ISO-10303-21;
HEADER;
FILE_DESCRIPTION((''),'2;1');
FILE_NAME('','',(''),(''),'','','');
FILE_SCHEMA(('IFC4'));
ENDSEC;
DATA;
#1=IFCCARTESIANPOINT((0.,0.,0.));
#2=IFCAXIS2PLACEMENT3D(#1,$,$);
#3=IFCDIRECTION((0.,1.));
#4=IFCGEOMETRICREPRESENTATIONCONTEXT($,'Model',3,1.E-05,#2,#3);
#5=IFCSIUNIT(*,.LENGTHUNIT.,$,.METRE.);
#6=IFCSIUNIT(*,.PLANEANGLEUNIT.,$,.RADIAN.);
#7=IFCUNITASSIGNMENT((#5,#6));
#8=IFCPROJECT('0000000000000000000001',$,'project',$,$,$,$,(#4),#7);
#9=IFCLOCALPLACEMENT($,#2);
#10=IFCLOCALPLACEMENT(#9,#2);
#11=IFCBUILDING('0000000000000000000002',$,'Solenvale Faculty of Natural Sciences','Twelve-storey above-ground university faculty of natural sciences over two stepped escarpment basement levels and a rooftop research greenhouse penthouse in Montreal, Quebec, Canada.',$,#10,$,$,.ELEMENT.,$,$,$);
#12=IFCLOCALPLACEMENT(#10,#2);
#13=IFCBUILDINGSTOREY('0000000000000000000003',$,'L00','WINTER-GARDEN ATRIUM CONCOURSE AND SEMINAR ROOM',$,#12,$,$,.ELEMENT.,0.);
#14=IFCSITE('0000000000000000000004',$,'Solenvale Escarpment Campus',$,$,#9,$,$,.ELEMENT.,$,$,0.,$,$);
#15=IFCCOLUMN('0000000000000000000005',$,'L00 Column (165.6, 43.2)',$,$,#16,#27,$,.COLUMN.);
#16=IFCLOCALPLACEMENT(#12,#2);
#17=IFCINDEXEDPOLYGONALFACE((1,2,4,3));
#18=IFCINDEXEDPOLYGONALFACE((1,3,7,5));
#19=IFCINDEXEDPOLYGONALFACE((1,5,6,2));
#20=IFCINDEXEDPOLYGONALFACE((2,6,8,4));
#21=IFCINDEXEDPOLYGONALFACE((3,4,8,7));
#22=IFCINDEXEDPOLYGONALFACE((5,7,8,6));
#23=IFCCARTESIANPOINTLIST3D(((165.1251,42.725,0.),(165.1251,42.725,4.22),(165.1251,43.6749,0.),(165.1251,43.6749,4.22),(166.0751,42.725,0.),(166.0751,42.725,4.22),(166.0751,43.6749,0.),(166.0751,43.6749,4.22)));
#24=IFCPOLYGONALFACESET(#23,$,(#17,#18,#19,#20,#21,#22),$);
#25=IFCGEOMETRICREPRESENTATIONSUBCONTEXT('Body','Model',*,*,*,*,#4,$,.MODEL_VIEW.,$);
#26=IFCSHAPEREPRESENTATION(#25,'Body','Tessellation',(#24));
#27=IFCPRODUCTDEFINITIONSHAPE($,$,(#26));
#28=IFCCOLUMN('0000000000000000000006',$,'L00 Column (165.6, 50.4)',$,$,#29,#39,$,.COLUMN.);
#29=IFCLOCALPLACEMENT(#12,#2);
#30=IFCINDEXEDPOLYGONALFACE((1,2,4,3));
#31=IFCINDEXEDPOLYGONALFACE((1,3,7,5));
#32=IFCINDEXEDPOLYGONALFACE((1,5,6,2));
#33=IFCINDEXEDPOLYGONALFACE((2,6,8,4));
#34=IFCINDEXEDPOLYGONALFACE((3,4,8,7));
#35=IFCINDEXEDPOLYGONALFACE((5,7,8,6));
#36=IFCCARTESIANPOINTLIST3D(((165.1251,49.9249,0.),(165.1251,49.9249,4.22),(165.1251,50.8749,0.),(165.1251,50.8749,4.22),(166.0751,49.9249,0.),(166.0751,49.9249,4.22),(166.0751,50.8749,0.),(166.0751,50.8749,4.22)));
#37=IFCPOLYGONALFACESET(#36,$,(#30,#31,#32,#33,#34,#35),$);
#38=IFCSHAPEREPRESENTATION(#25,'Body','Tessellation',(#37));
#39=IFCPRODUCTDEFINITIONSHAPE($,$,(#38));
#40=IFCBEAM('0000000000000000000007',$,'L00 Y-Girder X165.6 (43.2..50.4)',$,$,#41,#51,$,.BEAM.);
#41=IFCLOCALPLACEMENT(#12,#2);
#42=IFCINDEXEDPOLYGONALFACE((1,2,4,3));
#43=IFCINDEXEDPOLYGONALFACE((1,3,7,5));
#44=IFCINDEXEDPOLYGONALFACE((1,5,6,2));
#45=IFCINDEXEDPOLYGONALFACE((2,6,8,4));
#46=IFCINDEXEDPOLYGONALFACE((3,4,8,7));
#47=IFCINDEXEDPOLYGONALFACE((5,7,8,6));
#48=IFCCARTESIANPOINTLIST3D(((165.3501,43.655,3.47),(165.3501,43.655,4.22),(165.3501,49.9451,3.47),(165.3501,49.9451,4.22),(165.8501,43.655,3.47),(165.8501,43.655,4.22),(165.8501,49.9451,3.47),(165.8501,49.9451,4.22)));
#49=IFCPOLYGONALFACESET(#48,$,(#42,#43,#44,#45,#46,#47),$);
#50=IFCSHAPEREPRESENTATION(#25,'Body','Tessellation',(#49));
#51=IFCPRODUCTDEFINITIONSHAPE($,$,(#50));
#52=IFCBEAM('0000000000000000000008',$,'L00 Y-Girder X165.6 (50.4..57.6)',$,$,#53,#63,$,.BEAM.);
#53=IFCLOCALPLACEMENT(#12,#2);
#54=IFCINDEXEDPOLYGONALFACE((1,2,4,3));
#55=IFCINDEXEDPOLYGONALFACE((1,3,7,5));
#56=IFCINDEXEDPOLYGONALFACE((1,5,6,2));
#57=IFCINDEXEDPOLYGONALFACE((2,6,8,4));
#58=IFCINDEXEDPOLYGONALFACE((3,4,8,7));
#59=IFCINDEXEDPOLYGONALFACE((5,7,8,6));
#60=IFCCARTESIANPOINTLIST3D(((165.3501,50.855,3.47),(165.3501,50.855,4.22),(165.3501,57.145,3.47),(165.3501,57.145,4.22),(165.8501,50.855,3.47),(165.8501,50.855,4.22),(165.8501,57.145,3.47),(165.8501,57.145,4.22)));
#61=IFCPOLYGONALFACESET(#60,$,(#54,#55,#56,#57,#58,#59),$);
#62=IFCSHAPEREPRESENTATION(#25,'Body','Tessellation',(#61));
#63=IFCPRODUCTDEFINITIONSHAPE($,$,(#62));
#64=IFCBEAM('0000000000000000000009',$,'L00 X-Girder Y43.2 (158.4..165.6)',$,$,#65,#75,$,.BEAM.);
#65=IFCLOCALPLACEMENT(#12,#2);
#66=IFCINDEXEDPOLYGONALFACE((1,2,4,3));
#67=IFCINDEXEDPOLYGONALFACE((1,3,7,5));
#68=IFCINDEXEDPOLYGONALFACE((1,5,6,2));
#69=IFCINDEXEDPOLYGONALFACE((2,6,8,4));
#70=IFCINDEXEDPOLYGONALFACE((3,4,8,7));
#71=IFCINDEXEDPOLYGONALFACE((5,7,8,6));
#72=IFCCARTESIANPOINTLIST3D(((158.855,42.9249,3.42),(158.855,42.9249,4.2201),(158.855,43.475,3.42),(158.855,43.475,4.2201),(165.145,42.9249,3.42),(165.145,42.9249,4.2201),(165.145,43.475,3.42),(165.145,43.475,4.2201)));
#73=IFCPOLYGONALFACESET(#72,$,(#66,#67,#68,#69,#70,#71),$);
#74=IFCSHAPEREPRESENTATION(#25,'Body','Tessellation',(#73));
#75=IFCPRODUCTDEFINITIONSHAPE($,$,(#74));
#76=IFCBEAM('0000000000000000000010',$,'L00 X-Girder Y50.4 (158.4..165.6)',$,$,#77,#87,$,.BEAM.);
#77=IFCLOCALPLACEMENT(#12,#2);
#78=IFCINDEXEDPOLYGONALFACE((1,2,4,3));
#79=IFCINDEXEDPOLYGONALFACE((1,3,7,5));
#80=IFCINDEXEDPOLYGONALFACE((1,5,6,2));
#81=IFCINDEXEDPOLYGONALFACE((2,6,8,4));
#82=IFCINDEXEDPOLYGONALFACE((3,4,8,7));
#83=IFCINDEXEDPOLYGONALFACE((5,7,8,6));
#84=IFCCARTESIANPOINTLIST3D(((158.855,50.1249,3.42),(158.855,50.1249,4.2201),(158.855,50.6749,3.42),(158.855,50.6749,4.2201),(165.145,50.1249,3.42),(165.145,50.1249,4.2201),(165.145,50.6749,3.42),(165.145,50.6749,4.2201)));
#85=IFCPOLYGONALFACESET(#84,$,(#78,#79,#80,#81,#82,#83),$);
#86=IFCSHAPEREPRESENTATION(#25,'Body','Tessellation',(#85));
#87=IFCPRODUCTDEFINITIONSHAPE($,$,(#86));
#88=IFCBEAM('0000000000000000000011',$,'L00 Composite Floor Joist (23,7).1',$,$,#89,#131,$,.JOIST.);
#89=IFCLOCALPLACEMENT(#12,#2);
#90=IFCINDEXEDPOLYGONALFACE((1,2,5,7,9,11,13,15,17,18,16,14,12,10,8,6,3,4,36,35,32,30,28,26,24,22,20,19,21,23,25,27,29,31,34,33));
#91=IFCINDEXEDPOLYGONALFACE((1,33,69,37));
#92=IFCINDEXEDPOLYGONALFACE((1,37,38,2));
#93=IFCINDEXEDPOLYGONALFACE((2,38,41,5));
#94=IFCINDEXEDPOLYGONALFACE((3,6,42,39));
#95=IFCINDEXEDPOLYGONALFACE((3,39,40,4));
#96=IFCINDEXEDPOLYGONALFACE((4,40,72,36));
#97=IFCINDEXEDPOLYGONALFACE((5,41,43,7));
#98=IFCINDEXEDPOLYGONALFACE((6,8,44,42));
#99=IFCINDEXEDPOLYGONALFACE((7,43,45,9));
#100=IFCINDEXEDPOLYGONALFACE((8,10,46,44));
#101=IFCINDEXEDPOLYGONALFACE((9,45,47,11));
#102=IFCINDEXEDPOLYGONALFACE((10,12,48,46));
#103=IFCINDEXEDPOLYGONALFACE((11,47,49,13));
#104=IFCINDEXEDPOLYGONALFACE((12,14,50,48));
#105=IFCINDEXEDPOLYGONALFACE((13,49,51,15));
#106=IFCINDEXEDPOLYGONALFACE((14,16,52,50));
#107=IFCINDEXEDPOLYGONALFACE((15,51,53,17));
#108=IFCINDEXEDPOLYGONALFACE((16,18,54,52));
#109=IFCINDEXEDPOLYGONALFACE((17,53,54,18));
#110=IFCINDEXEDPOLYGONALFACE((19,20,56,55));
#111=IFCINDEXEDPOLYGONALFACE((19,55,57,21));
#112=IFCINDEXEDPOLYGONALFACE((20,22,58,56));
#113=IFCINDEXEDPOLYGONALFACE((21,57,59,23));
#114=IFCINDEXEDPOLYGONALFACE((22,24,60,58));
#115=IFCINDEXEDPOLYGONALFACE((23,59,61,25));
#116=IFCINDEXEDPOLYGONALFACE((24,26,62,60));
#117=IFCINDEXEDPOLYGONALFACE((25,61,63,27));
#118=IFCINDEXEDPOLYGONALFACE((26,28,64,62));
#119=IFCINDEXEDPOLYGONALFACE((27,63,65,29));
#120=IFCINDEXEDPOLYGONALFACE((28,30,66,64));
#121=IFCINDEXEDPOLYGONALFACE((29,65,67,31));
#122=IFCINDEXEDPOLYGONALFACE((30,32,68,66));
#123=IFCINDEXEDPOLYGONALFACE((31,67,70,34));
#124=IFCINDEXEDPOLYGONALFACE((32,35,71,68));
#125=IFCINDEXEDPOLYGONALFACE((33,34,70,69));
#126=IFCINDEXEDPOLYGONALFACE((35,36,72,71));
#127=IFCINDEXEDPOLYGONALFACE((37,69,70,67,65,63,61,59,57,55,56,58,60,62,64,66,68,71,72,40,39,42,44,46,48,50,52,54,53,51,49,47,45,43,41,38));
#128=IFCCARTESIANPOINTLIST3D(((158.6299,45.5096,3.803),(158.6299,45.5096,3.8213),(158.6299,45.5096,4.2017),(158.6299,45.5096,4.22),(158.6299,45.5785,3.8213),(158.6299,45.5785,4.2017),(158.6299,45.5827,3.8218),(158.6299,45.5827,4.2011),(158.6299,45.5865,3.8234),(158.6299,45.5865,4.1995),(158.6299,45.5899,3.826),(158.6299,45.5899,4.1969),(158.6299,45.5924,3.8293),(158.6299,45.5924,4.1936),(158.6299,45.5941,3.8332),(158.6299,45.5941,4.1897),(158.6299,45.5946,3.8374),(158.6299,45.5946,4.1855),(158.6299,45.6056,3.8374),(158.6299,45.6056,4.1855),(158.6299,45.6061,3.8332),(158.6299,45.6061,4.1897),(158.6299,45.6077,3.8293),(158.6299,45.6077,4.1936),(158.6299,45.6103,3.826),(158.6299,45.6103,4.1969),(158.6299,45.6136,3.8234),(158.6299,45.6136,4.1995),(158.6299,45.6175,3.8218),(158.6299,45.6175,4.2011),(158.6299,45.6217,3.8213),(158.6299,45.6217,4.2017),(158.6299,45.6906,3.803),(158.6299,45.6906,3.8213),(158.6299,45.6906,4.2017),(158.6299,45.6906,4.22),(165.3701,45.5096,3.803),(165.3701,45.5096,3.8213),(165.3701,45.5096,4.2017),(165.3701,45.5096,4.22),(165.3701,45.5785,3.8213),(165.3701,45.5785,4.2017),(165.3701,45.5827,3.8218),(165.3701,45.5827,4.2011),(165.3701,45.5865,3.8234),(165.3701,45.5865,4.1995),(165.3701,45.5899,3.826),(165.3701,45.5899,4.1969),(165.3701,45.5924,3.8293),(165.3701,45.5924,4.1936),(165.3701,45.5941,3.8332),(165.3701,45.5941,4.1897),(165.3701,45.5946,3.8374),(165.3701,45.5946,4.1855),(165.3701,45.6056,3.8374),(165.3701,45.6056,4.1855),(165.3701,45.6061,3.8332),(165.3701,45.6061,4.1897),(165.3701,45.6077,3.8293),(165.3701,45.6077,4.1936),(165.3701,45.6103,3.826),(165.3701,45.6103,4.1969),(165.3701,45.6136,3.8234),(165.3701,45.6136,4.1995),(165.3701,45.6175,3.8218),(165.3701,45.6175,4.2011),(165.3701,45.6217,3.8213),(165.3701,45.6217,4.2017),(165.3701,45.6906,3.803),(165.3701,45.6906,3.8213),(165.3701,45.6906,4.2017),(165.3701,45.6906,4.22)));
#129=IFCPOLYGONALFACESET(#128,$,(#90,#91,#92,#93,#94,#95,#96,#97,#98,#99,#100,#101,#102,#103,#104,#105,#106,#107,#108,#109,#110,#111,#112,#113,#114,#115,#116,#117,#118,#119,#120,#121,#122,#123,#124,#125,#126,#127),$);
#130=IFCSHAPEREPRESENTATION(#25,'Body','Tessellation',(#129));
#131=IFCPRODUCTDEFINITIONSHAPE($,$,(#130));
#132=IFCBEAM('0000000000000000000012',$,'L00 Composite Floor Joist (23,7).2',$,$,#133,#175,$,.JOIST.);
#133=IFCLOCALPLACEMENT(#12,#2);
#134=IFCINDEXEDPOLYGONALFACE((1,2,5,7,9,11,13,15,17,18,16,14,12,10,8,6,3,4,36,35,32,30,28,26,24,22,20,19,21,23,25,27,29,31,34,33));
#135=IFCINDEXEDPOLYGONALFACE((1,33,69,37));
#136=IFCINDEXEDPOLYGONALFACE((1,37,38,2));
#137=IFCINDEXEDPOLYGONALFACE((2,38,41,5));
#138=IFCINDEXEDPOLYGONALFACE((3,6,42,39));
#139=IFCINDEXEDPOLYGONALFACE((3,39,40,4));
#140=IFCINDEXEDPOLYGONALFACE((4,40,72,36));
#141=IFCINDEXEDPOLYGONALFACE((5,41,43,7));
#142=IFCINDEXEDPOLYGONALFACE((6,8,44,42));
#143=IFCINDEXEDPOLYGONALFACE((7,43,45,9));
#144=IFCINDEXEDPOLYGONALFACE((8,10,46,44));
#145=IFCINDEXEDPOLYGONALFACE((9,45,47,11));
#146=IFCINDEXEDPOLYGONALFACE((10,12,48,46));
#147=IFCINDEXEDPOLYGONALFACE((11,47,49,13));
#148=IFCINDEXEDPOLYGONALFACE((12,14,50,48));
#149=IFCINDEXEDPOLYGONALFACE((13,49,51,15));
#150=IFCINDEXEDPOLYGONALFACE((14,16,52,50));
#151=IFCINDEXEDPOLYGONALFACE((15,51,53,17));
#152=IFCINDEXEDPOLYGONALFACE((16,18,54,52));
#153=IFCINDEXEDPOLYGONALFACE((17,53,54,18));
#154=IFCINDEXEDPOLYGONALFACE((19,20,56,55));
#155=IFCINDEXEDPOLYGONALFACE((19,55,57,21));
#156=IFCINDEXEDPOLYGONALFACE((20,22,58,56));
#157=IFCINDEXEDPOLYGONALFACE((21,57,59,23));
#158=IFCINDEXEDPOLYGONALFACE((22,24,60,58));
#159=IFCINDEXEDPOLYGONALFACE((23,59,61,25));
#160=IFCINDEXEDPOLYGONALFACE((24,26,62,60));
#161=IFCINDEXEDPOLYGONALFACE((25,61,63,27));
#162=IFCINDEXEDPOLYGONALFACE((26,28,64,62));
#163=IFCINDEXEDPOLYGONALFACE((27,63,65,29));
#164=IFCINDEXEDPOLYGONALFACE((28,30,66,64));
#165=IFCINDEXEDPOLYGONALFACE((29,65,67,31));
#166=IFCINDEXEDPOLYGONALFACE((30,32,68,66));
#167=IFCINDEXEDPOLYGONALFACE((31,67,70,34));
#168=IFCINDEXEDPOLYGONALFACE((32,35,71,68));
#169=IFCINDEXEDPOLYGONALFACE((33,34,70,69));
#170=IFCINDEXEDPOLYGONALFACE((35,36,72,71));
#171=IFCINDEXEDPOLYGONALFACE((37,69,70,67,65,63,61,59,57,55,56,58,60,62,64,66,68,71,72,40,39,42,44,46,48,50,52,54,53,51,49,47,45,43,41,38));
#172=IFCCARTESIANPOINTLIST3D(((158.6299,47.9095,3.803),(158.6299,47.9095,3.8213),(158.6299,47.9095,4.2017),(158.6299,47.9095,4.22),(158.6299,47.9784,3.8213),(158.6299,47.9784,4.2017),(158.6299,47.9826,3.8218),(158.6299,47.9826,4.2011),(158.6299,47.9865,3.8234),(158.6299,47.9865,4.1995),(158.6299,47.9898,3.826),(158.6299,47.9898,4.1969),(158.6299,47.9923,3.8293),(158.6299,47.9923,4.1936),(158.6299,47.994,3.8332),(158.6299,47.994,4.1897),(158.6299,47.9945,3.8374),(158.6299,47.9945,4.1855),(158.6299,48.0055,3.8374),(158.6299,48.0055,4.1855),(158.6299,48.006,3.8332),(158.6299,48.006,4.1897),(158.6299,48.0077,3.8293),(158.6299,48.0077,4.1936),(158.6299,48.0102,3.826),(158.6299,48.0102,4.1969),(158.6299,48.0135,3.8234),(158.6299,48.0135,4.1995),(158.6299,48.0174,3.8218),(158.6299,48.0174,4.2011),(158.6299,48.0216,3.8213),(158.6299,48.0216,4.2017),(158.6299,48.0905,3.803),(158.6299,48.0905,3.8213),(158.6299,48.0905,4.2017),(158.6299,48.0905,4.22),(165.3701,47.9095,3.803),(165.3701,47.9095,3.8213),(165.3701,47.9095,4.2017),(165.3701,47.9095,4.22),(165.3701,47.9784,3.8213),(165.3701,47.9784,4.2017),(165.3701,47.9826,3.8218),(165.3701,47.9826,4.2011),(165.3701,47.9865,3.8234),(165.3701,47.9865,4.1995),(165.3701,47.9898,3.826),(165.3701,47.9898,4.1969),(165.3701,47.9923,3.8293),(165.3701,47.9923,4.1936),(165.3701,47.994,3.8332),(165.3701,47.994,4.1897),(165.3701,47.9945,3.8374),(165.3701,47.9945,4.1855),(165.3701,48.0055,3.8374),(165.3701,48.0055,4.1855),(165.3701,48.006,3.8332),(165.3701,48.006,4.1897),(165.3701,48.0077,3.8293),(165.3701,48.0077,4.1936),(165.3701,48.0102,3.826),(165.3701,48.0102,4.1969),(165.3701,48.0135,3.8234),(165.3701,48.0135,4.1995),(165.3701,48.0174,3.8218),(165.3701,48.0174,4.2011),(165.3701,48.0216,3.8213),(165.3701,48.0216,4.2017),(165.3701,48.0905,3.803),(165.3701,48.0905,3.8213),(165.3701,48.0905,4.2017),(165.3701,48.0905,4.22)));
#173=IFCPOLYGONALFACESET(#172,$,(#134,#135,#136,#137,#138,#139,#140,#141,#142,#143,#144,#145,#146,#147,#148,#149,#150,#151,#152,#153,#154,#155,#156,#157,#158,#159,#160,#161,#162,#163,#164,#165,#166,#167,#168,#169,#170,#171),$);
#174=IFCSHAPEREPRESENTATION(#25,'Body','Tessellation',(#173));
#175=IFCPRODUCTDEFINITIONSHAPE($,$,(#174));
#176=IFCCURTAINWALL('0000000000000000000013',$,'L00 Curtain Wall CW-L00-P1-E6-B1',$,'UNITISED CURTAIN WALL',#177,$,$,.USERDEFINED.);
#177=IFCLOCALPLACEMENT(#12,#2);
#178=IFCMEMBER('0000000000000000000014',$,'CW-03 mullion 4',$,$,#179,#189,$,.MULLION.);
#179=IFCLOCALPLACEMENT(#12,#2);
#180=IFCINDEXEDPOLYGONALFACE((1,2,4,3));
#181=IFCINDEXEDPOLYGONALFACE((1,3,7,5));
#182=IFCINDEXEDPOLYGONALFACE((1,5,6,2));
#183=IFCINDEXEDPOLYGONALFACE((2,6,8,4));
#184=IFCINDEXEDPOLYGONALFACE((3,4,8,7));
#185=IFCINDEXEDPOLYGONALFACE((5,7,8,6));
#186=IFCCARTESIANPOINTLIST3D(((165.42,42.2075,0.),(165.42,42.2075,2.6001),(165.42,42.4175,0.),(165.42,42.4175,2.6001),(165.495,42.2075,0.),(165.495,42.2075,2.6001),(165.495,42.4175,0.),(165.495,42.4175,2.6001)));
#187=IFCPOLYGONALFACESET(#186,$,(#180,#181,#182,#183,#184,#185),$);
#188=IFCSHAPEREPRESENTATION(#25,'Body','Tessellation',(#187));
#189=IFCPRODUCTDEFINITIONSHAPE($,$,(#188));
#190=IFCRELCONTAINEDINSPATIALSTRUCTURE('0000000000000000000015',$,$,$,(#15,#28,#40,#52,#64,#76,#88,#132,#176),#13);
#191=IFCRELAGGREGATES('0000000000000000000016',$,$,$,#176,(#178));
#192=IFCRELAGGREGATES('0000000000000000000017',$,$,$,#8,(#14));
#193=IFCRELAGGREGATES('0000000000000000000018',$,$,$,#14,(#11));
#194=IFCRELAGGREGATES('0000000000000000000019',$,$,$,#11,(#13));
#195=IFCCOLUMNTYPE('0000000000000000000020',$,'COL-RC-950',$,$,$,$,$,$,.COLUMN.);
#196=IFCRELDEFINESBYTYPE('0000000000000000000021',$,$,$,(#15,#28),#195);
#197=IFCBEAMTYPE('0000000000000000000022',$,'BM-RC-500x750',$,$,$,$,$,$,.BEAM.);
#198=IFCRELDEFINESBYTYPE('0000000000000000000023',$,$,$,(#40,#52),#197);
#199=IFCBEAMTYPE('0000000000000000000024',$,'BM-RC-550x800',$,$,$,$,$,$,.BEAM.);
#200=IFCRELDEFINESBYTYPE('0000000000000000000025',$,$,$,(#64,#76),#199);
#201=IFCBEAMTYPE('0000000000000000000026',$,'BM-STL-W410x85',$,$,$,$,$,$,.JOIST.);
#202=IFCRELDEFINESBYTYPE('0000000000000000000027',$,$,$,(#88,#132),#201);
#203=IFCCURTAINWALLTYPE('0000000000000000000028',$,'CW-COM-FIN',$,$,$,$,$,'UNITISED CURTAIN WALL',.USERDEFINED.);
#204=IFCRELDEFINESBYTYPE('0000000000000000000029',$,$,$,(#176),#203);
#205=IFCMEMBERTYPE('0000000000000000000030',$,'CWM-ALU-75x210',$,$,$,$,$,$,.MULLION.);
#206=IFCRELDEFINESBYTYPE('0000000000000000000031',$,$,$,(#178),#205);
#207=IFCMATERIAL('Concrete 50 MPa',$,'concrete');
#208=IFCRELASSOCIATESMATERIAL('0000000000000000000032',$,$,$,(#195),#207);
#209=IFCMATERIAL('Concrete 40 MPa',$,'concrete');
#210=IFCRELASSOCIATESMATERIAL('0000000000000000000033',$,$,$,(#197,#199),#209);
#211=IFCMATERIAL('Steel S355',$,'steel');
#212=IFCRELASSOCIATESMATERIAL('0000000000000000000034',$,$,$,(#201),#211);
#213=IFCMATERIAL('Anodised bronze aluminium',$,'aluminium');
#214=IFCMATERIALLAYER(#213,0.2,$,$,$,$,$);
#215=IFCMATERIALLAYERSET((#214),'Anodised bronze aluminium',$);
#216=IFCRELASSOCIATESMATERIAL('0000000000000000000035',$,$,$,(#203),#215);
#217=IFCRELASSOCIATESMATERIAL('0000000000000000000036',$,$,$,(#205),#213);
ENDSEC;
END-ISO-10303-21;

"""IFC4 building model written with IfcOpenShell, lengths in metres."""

from ifc_helpers import new_model, si_unit, direction, frame, origin, origin_2d, place, context, subcontext, project, spatial, rectangle, i_section, extrude, material, layer, layer_set, material_profile, profile_set, type_object, element, aggregate, save


model = new_model("IFC4")

# Units and contexts
model_context = context("Model", 3, precision=1e-05, world=origin(), true_north=direction((0.0, 1.0)))
body_context = subcontext(model_context, "Body", "Model", "MODEL_VIEW")
ifc_project = project(units=[si_unit("LENGTHUNIT", "METRE"), si_unit("PLANEANGLEUNIT", "RADIAN")], contexts=[model_context])

# Site, building, storey
site_placement = place(None, origin())
site = spatial("IfcSite", under=ifc_project, at=site_placement, Name="Solenvale Escarpment Campus", CompositionType="ELEMENT", RefElevation=0.0)
building_placement = place(site_placement, origin())
building = spatial("IfcBuilding", under=site, at=building_placement, Name="Solenvale Faculty of Natural Sciences", Description="Twelve-storey above-ground university faculty of natural sciences over two stepped escarpment basement levels and a rooftop research greenhouse penthouse in Montreal, Quebec, Canada.", CompositionType="ELEMENT")
storey_placement = place(building_placement, origin())
storey = spatial("IfcBuildingStorey", under=building, at=storey_placement, Name="L00", Description="WINTER-GARDEN ATRIUM CONCOURSE AND SEMINAR ROOM", CompositionType="ELEMENT", Elevation=0.0)

# Columns
ifc_material_1 = material(Name="Concrete 50 MPa", Category="concrete")
ifc_material_profile_1 = material_profile(ifc_material_1, rectangle(XDim=0.95, YDim=0.95, at=origin_2d()), Name="RC-COL-950x950")
ifc_profile_set_1 = profile_set([ifc_material_profile_1], Name="Concrete 50 MPa")
column_type = type_object("IfcColumnType", Name="COL-RC-950", PredefinedType="COLUMN", material=ifc_profile_set_1)
for number, where, z_axis, x_axis, name in (
    (1, (165.6001, 43.2, 0.0), (0.0, 0.0, 1.0), (1.0, 0.0, 0.0), "L00 Column (165.6, 43.2)"),
    (2, (165.6001, 50.3999, 0.0), (0.0, 0.0, 1.0), (1.0, 0.0, 0.0), "L00 Column (165.6, 50.4)"),
):
    element("IfcColumn", number, at=place(storey_placement, frame(where, z_axis=z_axis, x_axis=x_axis)), inside=storey, type_object=column_type, Name=name, PredefinedType="COLUMN", context=body_context, shape_type="SweptSolid", body=[
        extrude(rectangle(XDim=0.95, YDim=0.95, at=origin_2d()), origin(), (0.0, 0.0, 1.0), 4.22),
    ])

# Beams
ifc_material_2 = material(Name="Concrete 40 MPa", Category="concrete")
ifc_material_profile_2 = material_profile(ifc_material_2, rectangle(XDim=0.5, YDim=0.75, at=origin_2d()), Name="RC-BM-500x750")
ifc_profile_set_2 = profile_set([ifc_material_profile_2], Name="Concrete 40 MPa")
beam_type_1 = type_object("IfcBeamType", Name="BM-RC-500x750", PredefinedType="BEAM", material=ifc_profile_set_2)
for number, where, z_axis, x_axis, name in (
    (3, (165.6001, 43.655, 3.845), (0.0, 1.0, 0.0), (-1.0, 0.0, 0.0), "L00 Y-Girder X165.6 (43.2..50.4)"),
    (4, (165.6001, 50.855, 3.845), (0.0, 1.0, 0.0), (-1.0, 0.0, 0.0), "L00 Y-Girder X165.6 (50.4..57.6)"),
):
    element("IfcBeam", number, at=place(storey_placement, frame(where, z_axis=z_axis, x_axis=x_axis)), inside=storey, type_object=beam_type_1, Name=name, PredefinedType="BEAM", context=body_context, shape_type="SweptSolid", body=[
        extrude(rectangle(XDim=0.5, YDim=0.75, at=origin_2d()), origin(), (0.0, 0.0, 1.0), 6.29),
    ])
ifc_material_profile_3 = material_profile(ifc_material_2, rectangle(XDim=0.55, YDim=0.8, at=origin_2d()), Name="RC-BM-550x800")
ifc_profile_set_3 = profile_set([ifc_material_profile_3], Name="Concrete 40 MPa")
beam_type_2 = type_object("IfcBeamType", Name="BM-RC-550x800", PredefinedType="BEAM", material=ifc_profile_set_3)
for number, where, z_axis, x_axis, name in (
    (5, (158.855, 43.2, 3.8201), (1.0, 0.0, 0.0), (0.0, 1.0, 0.0), "L00 X-Girder Y43.2 (158.4..165.6)"),
    (6, (158.855, 50.3999, 3.8201), (1.0, 0.0, 0.0), (0.0, 1.0, 0.0), "L00 X-Girder Y50.4 (158.4..165.6)"),
):
    element("IfcBeam", number, at=place(storey_placement, frame(where, z_axis=z_axis, x_axis=x_axis)), inside=storey, type_object=beam_type_2, Name=name, PredefinedType="BEAM", context=body_context, shape_type="SweptSolid", body=[
        extrude(rectangle(XDim=0.55, YDim=0.8, at=origin_2d()), origin(), (0.0, 0.0, 1.0), 6.29),
    ])
ifc_material_3 = material(Name="Steel S355", Category="steel")
ifc_material_profile_4 = material_profile(ifc_material_3, i_section(OverallWidth=0.1809, OverallDepth=0.417, WebThickness=0.011, FlangeThickness=0.0183, FilletRadius=0.0161, at=origin_2d()), Name="W410x85")
ifc_profile_set_4 = profile_set([ifc_material_profile_4], Name="Steel S355")
beam_type_3 = type_object("IfcBeamType", Name="BM-STL-W410x85", PredefinedType="JOIST", material=ifc_profile_set_4)
for number, where, z_axis, x_axis, name in (
    (7, (158.6299, 45.6001, 4.0115), (1.0, 0.0, 0.0), (0.0, 1.0, 0.0), "L00 Composite Floor Joist (23,7).1"),
    (8, (158.6299, 48.0, 4.0115), (1.0, 0.0, 0.0), (0.0, 1.0, 0.0), "L00 Composite Floor Joist (23,7).2"),
):
    element("IfcBeam", number, at=place(storey_placement, frame(where, z_axis=z_axis, x_axis=x_axis)), inside=storey, type_object=beam_type_3, Name=name, PredefinedType="JOIST", context=body_context, shape_type="SweptSolid", body=[
        extrude(i_section(OverallWidth=0.1809, OverallDepth=0.417, WebThickness=0.011, FlangeThickness=0.0183, FilletRadius=0.0161, at=origin_2d()), origin(), (0.0, 0.0, 1.0), 6.7402),
    ])

# Curtain wall, member
ifc_material_4 = material(Name="Anodised bronze aluminium", Category="aluminium")
ifc_layer_1 = layer(ifc_material_4, 0.2)
ifc_layer_set_1 = layer_set([ifc_layer_1], Name="Anodised bronze aluminium")
curtain_wall_type = type_object("IfcCurtainWallType", Name="CW-COM-FIN", ElementType="UNITISED CURTAIN WALL", PredefinedType="USERDEFINED", material=ifc_layer_set_1)
curtain_wall_1_placement = place(storey_placement, origin())
curtain_wall_1 = element("IfcCurtainWall", 9, at=curtain_wall_1_placement, inside=storey, type_object=curtain_wall_type, Name="L00 Curtain Wall CW-L00-P1-E6-B1", ObjectType="UNITISED CURTAIN WALL", PredefinedType="USERDEFINED")
ifc_material_profile_5 = material_profile(ifc_material_4, rectangle(XDim=0.075, YDim=0.21, at=origin_2d()), Name="ALU-MUL-75x210")
ifc_profile_set_5 = profile_set([ifc_material_profile_5], Name="Anodised bronze aluminium")
member_type_1 = type_object("IfcMemberType", Name="CWM-ALU-75x210", PredefinedType="MULLION", material=ifc_profile_set_5)
member_1_placement = place(storey_placement, frame((165.4575, 42.3125, 0.0), z_axis=(0.0, 0.0, 1.0), x_axis=(-1.0, 0.0, 0.0)))
member_1 = element("IfcMember", 10, at=member_1_placement, type_object=member_type_1, Name="CW-03 mullion 4", PredefinedType="MULLION", context=body_context, shape_type="SweptSolid", body=[
    extrude(rectangle(XDim=0.075, YDim=0.21, at=origin_2d()), origin(), (0.0, 0.0, 1.0), 2.6001),
])

aggregate(curtain_wall_1, [member_1])

save(model, "model.ifc")
